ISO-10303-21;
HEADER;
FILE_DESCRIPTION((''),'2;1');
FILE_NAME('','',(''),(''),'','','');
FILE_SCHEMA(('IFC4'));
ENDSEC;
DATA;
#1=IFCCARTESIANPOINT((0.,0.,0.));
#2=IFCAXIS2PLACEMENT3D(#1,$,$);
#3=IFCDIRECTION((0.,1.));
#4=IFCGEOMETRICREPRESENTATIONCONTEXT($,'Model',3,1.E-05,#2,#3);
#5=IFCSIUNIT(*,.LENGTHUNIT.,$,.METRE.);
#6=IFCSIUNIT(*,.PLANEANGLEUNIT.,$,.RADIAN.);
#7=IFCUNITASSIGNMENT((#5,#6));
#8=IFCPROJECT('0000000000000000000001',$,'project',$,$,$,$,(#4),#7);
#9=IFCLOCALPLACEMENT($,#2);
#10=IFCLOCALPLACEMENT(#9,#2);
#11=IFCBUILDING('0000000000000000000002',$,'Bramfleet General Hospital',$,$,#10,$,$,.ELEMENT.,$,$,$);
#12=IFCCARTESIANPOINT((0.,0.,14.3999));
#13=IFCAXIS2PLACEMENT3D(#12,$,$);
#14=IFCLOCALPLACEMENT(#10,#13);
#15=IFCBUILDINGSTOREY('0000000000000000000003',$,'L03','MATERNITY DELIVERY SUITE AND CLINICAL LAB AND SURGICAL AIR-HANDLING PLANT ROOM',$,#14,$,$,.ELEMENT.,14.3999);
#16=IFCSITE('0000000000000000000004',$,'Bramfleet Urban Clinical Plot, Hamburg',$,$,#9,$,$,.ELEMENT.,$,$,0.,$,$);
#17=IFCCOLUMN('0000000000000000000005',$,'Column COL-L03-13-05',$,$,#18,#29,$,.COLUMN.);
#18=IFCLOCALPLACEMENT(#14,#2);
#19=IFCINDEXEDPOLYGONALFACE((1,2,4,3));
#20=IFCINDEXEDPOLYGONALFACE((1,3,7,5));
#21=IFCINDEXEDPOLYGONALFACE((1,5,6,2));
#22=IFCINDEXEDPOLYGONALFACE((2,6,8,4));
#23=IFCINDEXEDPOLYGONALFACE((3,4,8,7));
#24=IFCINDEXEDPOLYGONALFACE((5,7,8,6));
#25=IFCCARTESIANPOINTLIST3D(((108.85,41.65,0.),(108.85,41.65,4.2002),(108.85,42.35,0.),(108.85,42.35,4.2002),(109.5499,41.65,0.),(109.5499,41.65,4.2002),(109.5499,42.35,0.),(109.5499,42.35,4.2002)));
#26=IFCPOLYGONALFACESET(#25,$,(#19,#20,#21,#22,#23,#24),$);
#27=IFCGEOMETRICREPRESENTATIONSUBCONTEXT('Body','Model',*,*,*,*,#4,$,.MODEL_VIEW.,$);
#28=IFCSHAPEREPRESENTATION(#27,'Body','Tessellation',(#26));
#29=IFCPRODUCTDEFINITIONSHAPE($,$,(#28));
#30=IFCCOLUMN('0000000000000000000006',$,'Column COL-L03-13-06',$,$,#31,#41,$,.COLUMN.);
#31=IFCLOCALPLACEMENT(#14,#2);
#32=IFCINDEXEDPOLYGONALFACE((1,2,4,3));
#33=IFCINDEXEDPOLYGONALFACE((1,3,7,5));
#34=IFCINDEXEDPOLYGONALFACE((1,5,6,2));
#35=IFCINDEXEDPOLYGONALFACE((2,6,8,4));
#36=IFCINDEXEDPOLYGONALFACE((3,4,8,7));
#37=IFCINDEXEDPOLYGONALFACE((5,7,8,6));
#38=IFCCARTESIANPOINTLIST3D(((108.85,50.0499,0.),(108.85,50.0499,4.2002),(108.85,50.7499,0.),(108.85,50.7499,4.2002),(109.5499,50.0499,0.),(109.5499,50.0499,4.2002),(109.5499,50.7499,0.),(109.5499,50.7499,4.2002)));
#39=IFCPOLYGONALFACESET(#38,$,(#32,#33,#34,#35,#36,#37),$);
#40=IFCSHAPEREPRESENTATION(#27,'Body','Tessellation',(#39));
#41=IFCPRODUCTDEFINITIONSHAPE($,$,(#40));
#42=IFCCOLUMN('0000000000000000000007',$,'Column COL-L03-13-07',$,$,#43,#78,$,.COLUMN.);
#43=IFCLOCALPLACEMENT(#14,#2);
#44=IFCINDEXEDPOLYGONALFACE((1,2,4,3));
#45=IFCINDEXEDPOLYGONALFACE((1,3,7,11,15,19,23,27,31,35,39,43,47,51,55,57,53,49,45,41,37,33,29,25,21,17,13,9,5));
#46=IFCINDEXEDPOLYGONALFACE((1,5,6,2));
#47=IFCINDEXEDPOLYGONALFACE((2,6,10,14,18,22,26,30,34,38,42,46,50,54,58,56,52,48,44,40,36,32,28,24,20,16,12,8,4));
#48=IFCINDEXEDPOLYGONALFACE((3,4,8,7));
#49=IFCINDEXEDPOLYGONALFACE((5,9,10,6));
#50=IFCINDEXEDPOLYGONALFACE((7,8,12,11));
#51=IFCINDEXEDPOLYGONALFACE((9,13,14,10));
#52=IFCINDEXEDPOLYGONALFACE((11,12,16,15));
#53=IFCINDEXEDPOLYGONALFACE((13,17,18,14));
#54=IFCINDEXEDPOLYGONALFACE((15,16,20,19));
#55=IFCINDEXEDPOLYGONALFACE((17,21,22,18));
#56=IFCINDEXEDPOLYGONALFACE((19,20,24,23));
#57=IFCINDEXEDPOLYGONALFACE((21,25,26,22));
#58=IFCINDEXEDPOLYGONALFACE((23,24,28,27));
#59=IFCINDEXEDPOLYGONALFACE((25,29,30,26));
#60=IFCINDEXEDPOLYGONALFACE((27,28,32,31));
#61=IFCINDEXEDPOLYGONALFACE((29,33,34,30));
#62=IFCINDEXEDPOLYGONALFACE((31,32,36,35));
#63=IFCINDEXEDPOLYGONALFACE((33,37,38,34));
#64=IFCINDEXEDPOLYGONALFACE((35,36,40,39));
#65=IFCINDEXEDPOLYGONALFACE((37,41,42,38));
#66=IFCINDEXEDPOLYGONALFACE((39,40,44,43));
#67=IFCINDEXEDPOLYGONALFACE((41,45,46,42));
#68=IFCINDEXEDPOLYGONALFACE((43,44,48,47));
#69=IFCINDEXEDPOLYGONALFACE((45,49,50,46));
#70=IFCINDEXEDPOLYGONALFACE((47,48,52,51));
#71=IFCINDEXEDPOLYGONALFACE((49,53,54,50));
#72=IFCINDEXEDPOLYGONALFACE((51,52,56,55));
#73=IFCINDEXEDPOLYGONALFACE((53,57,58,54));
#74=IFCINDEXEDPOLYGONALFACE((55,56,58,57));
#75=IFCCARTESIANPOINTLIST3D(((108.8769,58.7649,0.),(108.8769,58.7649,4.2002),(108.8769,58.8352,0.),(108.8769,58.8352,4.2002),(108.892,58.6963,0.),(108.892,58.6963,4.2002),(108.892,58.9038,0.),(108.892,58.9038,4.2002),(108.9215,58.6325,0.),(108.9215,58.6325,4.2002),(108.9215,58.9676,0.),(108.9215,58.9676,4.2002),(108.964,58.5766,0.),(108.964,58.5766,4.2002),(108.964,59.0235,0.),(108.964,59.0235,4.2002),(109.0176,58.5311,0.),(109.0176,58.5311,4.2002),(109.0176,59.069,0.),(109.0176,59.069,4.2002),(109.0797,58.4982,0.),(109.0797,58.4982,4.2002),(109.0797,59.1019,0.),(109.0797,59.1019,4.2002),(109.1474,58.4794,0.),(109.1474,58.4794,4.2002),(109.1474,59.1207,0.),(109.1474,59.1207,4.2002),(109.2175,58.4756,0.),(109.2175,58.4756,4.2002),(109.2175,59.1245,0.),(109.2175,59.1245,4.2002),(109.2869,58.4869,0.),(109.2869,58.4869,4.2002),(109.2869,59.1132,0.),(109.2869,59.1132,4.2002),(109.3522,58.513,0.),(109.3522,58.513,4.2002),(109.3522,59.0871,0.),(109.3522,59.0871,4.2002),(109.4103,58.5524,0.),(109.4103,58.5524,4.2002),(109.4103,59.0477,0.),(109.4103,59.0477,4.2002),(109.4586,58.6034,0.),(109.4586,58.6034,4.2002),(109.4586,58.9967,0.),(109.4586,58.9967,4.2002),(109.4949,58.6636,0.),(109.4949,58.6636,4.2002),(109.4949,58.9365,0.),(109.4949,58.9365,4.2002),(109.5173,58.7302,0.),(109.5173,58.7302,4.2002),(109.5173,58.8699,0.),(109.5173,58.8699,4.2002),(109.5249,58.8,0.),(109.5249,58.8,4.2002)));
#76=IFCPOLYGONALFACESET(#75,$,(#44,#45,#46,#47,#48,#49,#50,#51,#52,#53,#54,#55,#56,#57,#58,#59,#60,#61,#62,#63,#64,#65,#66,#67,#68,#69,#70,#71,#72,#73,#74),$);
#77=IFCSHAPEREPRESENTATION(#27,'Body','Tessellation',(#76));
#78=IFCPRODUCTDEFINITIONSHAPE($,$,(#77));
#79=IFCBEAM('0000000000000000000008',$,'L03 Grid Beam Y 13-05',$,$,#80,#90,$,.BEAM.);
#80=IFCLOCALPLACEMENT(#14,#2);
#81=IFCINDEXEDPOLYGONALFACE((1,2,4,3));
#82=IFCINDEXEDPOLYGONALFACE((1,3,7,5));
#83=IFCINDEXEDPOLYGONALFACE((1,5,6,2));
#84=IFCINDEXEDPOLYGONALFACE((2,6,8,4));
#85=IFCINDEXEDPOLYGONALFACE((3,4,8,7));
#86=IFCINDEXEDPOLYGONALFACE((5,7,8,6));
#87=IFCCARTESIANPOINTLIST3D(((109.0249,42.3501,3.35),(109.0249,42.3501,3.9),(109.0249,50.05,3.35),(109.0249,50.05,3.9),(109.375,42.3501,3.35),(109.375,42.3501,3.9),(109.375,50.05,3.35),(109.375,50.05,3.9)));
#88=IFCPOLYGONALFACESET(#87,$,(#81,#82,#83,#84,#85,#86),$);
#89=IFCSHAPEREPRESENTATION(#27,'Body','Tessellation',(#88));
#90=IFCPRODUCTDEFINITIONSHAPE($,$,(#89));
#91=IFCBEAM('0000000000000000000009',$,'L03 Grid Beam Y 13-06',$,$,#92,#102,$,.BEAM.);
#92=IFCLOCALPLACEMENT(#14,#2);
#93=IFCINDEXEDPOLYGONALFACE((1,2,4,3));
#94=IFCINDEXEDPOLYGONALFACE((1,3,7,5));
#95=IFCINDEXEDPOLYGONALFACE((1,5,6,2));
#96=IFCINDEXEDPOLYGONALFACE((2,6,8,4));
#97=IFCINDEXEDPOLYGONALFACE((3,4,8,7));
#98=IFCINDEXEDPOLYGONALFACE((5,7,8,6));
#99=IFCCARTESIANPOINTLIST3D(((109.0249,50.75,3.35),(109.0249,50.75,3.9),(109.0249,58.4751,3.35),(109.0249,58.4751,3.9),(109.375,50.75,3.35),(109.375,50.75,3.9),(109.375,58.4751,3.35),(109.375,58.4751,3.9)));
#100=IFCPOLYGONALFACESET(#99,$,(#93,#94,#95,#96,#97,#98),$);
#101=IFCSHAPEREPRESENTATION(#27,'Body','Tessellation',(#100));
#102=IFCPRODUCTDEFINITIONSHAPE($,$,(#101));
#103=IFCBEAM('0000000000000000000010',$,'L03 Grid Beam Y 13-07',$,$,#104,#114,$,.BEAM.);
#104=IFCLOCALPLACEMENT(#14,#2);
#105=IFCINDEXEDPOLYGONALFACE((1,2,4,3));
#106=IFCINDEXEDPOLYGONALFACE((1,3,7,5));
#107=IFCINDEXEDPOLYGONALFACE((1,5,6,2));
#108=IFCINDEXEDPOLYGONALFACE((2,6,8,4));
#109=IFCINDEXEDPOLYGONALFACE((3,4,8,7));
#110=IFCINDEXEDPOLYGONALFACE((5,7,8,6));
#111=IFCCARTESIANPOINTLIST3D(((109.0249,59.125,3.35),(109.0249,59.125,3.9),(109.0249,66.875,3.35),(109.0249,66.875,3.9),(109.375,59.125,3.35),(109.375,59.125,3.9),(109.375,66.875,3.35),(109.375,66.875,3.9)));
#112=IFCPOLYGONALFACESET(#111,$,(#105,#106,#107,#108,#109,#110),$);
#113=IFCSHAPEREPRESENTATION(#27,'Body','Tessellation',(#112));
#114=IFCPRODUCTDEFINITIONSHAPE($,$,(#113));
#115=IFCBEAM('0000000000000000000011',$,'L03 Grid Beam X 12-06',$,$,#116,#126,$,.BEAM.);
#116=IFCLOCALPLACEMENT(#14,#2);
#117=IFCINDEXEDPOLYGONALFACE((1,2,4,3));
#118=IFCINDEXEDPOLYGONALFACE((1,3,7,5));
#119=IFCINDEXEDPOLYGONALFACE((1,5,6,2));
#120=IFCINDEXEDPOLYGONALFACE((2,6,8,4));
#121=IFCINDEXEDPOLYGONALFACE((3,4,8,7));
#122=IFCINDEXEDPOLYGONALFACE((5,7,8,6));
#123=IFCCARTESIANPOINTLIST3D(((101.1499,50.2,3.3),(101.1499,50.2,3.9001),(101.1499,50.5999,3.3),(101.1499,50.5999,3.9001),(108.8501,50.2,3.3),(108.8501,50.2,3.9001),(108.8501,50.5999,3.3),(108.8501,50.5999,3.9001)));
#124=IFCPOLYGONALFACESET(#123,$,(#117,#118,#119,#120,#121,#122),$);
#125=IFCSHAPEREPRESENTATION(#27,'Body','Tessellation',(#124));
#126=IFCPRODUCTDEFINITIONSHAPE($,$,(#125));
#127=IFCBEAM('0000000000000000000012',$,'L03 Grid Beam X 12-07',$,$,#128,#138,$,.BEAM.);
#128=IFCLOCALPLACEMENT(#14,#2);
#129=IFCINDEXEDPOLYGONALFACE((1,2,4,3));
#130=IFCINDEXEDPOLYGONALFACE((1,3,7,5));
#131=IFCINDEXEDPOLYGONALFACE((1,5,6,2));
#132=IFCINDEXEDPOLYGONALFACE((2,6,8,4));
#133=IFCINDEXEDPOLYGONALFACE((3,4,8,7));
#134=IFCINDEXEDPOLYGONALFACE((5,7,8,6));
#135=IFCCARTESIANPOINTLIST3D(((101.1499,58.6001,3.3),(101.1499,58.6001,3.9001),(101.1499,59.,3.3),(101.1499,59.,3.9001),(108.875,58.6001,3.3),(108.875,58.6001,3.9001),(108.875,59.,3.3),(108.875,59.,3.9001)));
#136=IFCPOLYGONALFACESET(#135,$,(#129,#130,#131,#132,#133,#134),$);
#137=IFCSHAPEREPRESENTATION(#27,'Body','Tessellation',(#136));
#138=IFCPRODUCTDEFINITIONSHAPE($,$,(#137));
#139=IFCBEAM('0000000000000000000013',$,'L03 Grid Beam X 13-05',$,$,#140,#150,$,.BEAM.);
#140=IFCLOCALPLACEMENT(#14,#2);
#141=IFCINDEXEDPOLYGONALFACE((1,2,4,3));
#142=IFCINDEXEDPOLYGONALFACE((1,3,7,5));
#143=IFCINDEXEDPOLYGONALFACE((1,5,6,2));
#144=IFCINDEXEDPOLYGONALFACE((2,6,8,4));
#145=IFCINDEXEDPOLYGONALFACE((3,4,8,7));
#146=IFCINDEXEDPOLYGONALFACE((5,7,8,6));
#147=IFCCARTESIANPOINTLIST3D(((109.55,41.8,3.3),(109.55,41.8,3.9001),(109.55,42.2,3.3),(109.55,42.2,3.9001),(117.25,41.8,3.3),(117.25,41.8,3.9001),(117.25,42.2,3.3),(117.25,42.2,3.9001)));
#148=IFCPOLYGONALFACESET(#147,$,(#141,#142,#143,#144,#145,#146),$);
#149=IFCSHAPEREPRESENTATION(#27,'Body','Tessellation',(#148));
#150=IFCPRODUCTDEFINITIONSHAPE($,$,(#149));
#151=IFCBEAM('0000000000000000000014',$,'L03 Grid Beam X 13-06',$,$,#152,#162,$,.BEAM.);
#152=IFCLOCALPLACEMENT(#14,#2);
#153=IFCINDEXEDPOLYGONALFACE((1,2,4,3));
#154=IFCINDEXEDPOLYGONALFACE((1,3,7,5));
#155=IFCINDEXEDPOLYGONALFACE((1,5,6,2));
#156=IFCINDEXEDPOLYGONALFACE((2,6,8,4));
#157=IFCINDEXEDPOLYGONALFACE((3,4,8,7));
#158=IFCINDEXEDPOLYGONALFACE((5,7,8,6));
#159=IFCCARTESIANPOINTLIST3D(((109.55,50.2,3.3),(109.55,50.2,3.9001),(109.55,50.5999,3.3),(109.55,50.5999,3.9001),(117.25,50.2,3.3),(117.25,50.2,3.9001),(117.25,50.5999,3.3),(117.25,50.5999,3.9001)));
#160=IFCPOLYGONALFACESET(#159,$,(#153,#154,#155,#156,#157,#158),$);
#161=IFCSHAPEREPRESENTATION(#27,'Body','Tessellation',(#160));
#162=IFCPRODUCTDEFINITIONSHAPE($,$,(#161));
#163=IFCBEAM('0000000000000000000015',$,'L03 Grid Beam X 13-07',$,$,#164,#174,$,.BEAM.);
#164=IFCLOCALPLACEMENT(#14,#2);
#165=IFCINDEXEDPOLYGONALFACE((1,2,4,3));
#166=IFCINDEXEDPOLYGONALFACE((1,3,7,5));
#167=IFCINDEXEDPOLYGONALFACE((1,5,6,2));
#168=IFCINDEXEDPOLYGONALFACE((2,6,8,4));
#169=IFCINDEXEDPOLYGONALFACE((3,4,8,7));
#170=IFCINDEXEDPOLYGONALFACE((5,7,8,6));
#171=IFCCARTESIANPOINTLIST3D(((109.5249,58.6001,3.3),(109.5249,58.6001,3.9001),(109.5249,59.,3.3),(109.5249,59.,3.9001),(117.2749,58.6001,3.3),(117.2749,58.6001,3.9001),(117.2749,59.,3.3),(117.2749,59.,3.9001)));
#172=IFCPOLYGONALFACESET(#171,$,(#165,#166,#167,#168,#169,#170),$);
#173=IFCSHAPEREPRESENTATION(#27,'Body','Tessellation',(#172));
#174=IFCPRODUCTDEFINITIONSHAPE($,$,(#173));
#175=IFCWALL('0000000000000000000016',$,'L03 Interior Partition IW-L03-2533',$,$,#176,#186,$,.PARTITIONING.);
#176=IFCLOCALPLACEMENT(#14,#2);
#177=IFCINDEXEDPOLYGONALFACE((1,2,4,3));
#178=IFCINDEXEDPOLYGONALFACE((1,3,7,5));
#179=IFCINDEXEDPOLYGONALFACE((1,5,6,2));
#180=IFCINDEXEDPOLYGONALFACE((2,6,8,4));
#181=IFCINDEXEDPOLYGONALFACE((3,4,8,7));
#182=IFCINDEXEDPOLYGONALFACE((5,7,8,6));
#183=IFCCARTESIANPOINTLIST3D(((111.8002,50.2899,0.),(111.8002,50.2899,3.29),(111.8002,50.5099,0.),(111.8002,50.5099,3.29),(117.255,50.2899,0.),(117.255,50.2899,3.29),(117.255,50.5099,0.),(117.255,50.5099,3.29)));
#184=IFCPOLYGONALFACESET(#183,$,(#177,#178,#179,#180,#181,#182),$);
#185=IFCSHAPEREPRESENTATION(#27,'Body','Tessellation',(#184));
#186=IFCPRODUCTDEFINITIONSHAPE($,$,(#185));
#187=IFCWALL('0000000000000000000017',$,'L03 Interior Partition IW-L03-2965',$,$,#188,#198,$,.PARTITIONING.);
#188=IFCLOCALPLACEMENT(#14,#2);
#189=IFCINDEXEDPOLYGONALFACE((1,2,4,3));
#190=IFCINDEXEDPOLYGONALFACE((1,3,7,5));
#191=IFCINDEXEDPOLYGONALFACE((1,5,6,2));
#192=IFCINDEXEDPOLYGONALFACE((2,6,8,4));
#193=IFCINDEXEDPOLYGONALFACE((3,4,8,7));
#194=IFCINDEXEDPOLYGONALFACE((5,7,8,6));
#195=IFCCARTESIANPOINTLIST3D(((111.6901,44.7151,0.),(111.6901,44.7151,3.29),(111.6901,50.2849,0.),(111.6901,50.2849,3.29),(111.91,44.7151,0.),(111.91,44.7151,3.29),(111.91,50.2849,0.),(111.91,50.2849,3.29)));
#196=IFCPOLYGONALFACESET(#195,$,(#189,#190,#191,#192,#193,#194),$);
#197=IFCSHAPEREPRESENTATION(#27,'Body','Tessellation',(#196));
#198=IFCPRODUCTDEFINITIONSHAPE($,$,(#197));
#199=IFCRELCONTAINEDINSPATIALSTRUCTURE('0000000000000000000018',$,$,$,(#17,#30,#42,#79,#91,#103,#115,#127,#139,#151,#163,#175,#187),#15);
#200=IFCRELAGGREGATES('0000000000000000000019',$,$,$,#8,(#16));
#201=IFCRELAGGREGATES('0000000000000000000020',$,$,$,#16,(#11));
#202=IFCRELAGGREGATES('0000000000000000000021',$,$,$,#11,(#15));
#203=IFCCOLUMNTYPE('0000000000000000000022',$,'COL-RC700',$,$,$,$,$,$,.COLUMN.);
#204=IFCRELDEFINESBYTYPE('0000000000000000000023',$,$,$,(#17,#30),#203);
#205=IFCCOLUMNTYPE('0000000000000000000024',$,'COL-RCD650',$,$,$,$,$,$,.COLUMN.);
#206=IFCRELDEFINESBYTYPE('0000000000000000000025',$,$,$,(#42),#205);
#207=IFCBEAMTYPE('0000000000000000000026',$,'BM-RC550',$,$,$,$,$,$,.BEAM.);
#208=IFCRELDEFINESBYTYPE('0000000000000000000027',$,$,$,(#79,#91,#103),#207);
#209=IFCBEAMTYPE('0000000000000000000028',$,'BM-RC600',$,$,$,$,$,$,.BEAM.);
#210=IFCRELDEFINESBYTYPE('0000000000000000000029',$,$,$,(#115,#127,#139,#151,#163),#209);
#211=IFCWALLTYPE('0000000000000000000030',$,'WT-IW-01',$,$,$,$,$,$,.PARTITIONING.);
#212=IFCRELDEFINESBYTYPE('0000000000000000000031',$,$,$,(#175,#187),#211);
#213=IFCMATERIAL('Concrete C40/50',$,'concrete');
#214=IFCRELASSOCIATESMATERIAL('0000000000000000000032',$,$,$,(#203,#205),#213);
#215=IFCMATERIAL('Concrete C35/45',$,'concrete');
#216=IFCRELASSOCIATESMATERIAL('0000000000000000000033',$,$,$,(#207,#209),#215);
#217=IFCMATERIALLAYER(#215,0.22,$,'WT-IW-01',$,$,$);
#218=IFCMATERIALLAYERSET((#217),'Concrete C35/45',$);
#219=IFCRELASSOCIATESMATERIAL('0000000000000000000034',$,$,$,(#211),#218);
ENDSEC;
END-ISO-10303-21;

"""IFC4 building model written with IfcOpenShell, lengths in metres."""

from ifc_helpers import new_model, si_unit, direction, frame, frame_2d, origin, origin_2d, place, context, subcontext, project, spatial, rectangle, circle, extrude, material, layer, layer_set, material_profile, profile_set, type_object, element, save


model = new_model("IFC4")

# Units and contexts
model_context = context("Model", 3, precision=1e-05, world=origin(), true_north=direction((0.0, 1.0)))
body_context = subcontext(model_context, "Body", "Model", "MODEL_VIEW")
ifc_project = project(units=[si_unit("LENGTHUNIT", "METRE"), si_unit("PLANEANGLEUNIT", "RADIAN")], contexts=[model_context])

# Site, building, storey
site_placement = place(None, origin())
site = spatial("IfcSite", under=ifc_project, at=site_placement, Name="Bramfleet Urban Clinical Plot, Hamburg", CompositionType="ELEMENT", RefElevation=0.0)
building_placement = place(site_placement, origin())
building = spatial("IfcBuilding", under=site, at=building_placement, Name="Bramfleet General Hospital", CompositionType="ELEMENT")
storey_placement = place(building_placement, frame((0.0, 0.0, 14.3999)))
storey = spatial("IfcBuildingStorey", under=building, at=storey_placement, Name="L03", Description="MATERNITY DELIVERY SUITE AND CLINICAL LAB AND SURGICAL AIR-HANDLING PLANT ROOM", CompositionType="ELEMENT", Elevation=14.3999)

# Columns
ifc_material_1 = material(Name="Concrete C40/50", Category="concrete")
ifc_material_profile_1 = material_profile(ifc_material_1, rectangle(XDim=0.7, YDim=0.7, at=origin_2d()), Name="RC COL 700x700")
ifc_profile_set_1 = profile_set([ifc_material_profile_1], Name="Concrete C40/50")
column_type_1 = type_object("IfcColumnType", Name="COL-RC700", PredefinedType="COLUMN", material=ifc_profile_set_1)
for number, where, z_axis, x_axis, name in (
    (1, (109.2, 42.0, 0.0), (0.0, 0.0, 1.0), (1.0, 0.0, 0.0), "Column COL-L03-13-05"),
    (2, (109.2, 50.3999, 0.0), (0.0, 0.0, 1.0), (1.0, 0.0, 0.0), "Column COL-L03-13-06"),
):
    element("IfcColumn", number, at=place(storey_placement, frame(where, z_axis=z_axis, x_axis=x_axis)), inside=storey, type_object=column_type_1, Name=name, PredefinedType="COLUMN", context=body_context, shape_type="SweptSolid", body=[
        extrude(rectangle(XDim=0.7, YDim=0.7, at=origin_2d()), origin(), (0.0, 0.0, 1.0), 4.2002),
    ])
ifc_material_profile_2 = material_profile(ifc_material_1, circle(Radius=0.325, at=origin_2d()), Name="RC ROUND D650")
ifc_profile_set_2 = profile_set([ifc_material_profile_2], Name="Concrete C40/50")
column_type_2 = type_object("IfcColumnType", Name="COL-RCD650", PredefinedType="COLUMN", material=ifc_profile_set_2)
column_placement = place(storey_placement, frame((109.2, 58.8, 0.0), z_axis=(0.0, 0.0, 1.0), x_axis=(1.0, 0.0, 0.0)))
element("IfcColumn", 3, at=column_placement, inside=storey, type_object=column_type_2, Name="Column COL-L03-13-07", PredefinedType="COLUMN", context=body_context, shape_type="SweptSolid", body=[
    extrude(circle(Radius=0.325, at=origin_2d()), origin(), (0.0, 0.0, 1.0), 4.2002),
])

# Beams
ifc_material_2 = material(Name="Concrete C35/45", Category="concrete")
ifc_material_profile_3 = material_profile(ifc_material_2, rectangle(XDim=0.3501, YDim=0.55, at=origin_2d()), Name="RC BM 550x350")
ifc_profile_set_3 = profile_set([ifc_material_profile_3], Name="Concrete C35/45")
beam_type_1 = type_object("IfcBeamType", Name="BM-RC550", PredefinedType="BEAM", material=ifc_profile_set_3)
beam_1_placement = place(storey_placement, frame((109.2, 42.3501, 3.625), z_axis=(0.0, 1.0, 0.0), x_axis=(-1.0, 0.0, 0.0)))
element("IfcBeam", 4, at=beam_1_placement, inside=storey, type_object=beam_type_1, Name="L03 Grid Beam Y 13-05", PredefinedType="BEAM", context=body_context, shape_type="SweptSolid", body=[
    extrude(rectangle(XDim=0.3501, YDim=0.55, at=origin_2d()), origin(), (0.0, 0.0, 1.0), 7.7),
])
beam_2_placement = place(storey_placement, frame((109.2, 50.75, 3.625), z_axis=(0.0, 1.0, 0.0), x_axis=(-1.0, 0.0, 0.0)))
element("IfcBeam", 5, at=beam_2_placement, inside=storey, type_object=beam_type_1, Name="L03 Grid Beam Y 13-06", PredefinedType="BEAM", context=body_context, shape_type="SweptSolid", body=[
    extrude(rectangle(XDim=0.3501, YDim=0.55, at=origin_2d()), origin(), (0.0, 0.0, 1.0), 7.7251),
])
beam_3_placement = place(storey_placement, frame((109.2, 59.125, 3.625), z_axis=(0.0, 1.0, 0.0), x_axis=(-1.0, 0.0, 0.0)))
element("IfcBeam", 6, at=beam_3_placement, inside=storey, type_object=beam_type_1, Name="L03 Grid Beam Y 13-07", PredefinedType="BEAM", context=body_context, shape_type="SweptSolid", body=[
    extrude(rectangle(XDim=0.3501, YDim=0.55, at=origin_2d()), origin(), (0.0, 0.0, 1.0), 7.75),
])
ifc_material_profile_4 = material_profile(ifc_material_2, rectangle(XDim=0.3999, YDim=0.6001, at=origin_2d()), Name="RC BM 600x400")
ifc_profile_set_4 = profile_set([ifc_material_profile_4], Name="Concrete C35/45")
beam_type_2 = type_object("IfcBeamType", Name="BM-RC600", PredefinedType="BEAM", material=ifc_profile_set_4)
beam_4_placement = place(storey_placement, frame((101.1499, 50.3999, 3.6001), z_axis=(1.0, 0.0, 0.0), x_axis=(0.0, 1.0, 0.0)))
element("IfcBeam", 7, at=beam_4_placement, inside=storey, type_object=beam_type_2, Name="L03 Grid Beam X 12-06", PredefinedType="BEAM", context=body_context, shape_type="SweptSolid", body=[
    extrude(rectangle(XDim=0.3999, YDim=0.6001, at=origin_2d()), origin(), (0.0, 0.0, 1.0), 7.7002),
])
beam_5_placement = place(storey_placement, frame((101.1499, 58.8, 3.6001), z_axis=(1.0, 0.0, 0.0), x_axis=(0.0, 1.0, 0.0)))
element("IfcBeam", 8, at=beam_5_placement, inside=storey, type_object=beam_type_2, Name="L03 Grid Beam X 12-07", PredefinedType="BEAM", context=body_context, shape_type="SweptSolid", body=[
    extrude(rectangle(XDim=0.3999, YDim=0.6001, at=origin_2d()), origin(), (0.0, 0.0, 1.0), 7.7251),
])
for number, where, z_axis, x_axis, name in (
    (9, (109.55, 42.0, 3.6001), (1.0, 0.0, 0.0), (0.0, 1.0, 0.0), "L03 Grid Beam X 13-05"),
    (10, (109.55, 50.3999, 3.6001), (1.0, 0.0, 0.0), (0.0, 1.0, 0.0), "L03 Grid Beam X 13-06"),
):
    element("IfcBeam", number, at=place(storey_placement, frame(where, z_axis=z_axis, x_axis=x_axis)), inside=storey, type_object=beam_type_2, Name=name, PredefinedType="BEAM", context=body_context, shape_type="SweptSolid", body=[
        extrude(rectangle(XDim=0.3999, YDim=0.6001, at=origin_2d()), origin(), (0.0, 0.0, 1.0), 7.7),
    ])
beam_6_placement = place(storey_placement, frame((109.5249, 58.8, 3.6001), z_axis=(1.0, 0.0, 0.0), x_axis=(0.0, 1.0, 0.0)))
element("IfcBeam", 11, at=beam_6_placement, inside=storey, type_object=beam_type_2, Name="L03 Grid Beam X 13-07", PredefinedType="BEAM", context=body_context, shape_type="SweptSolid", body=[
    extrude(rectangle(XDim=0.3999, YDim=0.6001, at=origin_2d()), origin(), (0.0, 0.0, 1.0), 7.75),
])

# Walls
ifc_layer_1 = layer(ifc_material_2, 0.22, Name="WT-IW-01")
ifc_layer_set_1 = layer_set([ifc_layer_1], Name="Concrete C35/45")
wall_type_1 = type_object("IfcWallType", Name="WT-IW-01", PredefinedType="PARTITIONING", material=ifc_layer_set_1)
wall_1_placement = place(storey_placement, frame((111.8, 50.3999, 0.0), z_axis=(0.0, 0.0, 1.0), x_axis=(1.0, 0.0, 0.0)))
element("IfcWall", 12, at=wall_1_placement, inside=storey, type_object=wall_type_1, Name="L03 Interior Partition IW-L03-2533", PredefinedType="PARTITIONING", context=body_context, shape_type="SweptSolid", body=[
    extrude(rectangle(XDim=5.4548, YDim=0.22, at=frame_2d((2.7275, 0.0))), origin(), (0.0, 0.0, 1.0), 3.29),
])
wall_2_placement = place(storey_placement, frame((111.8, 44.7151, 0.0), z_axis=(0.0, 0.0, 1.0), x_axis=(0.0, 1.0, 0.0)))
element("IfcWall", 13, at=wall_2_placement, inside=storey, type_object=wall_type_1, Name="L03 Interior Partition IW-L03-2965", PredefinedType="PARTITIONING", context=body_context, shape_type="SweptSolid", body=[
    extrude(rectangle(XDim=5.5698, YDim=0.22, at=frame_2d((2.7849, 0.0))), origin(), (0.0, 0.0, 1.0), 3.29),
])

save(model, "model.ifc")
